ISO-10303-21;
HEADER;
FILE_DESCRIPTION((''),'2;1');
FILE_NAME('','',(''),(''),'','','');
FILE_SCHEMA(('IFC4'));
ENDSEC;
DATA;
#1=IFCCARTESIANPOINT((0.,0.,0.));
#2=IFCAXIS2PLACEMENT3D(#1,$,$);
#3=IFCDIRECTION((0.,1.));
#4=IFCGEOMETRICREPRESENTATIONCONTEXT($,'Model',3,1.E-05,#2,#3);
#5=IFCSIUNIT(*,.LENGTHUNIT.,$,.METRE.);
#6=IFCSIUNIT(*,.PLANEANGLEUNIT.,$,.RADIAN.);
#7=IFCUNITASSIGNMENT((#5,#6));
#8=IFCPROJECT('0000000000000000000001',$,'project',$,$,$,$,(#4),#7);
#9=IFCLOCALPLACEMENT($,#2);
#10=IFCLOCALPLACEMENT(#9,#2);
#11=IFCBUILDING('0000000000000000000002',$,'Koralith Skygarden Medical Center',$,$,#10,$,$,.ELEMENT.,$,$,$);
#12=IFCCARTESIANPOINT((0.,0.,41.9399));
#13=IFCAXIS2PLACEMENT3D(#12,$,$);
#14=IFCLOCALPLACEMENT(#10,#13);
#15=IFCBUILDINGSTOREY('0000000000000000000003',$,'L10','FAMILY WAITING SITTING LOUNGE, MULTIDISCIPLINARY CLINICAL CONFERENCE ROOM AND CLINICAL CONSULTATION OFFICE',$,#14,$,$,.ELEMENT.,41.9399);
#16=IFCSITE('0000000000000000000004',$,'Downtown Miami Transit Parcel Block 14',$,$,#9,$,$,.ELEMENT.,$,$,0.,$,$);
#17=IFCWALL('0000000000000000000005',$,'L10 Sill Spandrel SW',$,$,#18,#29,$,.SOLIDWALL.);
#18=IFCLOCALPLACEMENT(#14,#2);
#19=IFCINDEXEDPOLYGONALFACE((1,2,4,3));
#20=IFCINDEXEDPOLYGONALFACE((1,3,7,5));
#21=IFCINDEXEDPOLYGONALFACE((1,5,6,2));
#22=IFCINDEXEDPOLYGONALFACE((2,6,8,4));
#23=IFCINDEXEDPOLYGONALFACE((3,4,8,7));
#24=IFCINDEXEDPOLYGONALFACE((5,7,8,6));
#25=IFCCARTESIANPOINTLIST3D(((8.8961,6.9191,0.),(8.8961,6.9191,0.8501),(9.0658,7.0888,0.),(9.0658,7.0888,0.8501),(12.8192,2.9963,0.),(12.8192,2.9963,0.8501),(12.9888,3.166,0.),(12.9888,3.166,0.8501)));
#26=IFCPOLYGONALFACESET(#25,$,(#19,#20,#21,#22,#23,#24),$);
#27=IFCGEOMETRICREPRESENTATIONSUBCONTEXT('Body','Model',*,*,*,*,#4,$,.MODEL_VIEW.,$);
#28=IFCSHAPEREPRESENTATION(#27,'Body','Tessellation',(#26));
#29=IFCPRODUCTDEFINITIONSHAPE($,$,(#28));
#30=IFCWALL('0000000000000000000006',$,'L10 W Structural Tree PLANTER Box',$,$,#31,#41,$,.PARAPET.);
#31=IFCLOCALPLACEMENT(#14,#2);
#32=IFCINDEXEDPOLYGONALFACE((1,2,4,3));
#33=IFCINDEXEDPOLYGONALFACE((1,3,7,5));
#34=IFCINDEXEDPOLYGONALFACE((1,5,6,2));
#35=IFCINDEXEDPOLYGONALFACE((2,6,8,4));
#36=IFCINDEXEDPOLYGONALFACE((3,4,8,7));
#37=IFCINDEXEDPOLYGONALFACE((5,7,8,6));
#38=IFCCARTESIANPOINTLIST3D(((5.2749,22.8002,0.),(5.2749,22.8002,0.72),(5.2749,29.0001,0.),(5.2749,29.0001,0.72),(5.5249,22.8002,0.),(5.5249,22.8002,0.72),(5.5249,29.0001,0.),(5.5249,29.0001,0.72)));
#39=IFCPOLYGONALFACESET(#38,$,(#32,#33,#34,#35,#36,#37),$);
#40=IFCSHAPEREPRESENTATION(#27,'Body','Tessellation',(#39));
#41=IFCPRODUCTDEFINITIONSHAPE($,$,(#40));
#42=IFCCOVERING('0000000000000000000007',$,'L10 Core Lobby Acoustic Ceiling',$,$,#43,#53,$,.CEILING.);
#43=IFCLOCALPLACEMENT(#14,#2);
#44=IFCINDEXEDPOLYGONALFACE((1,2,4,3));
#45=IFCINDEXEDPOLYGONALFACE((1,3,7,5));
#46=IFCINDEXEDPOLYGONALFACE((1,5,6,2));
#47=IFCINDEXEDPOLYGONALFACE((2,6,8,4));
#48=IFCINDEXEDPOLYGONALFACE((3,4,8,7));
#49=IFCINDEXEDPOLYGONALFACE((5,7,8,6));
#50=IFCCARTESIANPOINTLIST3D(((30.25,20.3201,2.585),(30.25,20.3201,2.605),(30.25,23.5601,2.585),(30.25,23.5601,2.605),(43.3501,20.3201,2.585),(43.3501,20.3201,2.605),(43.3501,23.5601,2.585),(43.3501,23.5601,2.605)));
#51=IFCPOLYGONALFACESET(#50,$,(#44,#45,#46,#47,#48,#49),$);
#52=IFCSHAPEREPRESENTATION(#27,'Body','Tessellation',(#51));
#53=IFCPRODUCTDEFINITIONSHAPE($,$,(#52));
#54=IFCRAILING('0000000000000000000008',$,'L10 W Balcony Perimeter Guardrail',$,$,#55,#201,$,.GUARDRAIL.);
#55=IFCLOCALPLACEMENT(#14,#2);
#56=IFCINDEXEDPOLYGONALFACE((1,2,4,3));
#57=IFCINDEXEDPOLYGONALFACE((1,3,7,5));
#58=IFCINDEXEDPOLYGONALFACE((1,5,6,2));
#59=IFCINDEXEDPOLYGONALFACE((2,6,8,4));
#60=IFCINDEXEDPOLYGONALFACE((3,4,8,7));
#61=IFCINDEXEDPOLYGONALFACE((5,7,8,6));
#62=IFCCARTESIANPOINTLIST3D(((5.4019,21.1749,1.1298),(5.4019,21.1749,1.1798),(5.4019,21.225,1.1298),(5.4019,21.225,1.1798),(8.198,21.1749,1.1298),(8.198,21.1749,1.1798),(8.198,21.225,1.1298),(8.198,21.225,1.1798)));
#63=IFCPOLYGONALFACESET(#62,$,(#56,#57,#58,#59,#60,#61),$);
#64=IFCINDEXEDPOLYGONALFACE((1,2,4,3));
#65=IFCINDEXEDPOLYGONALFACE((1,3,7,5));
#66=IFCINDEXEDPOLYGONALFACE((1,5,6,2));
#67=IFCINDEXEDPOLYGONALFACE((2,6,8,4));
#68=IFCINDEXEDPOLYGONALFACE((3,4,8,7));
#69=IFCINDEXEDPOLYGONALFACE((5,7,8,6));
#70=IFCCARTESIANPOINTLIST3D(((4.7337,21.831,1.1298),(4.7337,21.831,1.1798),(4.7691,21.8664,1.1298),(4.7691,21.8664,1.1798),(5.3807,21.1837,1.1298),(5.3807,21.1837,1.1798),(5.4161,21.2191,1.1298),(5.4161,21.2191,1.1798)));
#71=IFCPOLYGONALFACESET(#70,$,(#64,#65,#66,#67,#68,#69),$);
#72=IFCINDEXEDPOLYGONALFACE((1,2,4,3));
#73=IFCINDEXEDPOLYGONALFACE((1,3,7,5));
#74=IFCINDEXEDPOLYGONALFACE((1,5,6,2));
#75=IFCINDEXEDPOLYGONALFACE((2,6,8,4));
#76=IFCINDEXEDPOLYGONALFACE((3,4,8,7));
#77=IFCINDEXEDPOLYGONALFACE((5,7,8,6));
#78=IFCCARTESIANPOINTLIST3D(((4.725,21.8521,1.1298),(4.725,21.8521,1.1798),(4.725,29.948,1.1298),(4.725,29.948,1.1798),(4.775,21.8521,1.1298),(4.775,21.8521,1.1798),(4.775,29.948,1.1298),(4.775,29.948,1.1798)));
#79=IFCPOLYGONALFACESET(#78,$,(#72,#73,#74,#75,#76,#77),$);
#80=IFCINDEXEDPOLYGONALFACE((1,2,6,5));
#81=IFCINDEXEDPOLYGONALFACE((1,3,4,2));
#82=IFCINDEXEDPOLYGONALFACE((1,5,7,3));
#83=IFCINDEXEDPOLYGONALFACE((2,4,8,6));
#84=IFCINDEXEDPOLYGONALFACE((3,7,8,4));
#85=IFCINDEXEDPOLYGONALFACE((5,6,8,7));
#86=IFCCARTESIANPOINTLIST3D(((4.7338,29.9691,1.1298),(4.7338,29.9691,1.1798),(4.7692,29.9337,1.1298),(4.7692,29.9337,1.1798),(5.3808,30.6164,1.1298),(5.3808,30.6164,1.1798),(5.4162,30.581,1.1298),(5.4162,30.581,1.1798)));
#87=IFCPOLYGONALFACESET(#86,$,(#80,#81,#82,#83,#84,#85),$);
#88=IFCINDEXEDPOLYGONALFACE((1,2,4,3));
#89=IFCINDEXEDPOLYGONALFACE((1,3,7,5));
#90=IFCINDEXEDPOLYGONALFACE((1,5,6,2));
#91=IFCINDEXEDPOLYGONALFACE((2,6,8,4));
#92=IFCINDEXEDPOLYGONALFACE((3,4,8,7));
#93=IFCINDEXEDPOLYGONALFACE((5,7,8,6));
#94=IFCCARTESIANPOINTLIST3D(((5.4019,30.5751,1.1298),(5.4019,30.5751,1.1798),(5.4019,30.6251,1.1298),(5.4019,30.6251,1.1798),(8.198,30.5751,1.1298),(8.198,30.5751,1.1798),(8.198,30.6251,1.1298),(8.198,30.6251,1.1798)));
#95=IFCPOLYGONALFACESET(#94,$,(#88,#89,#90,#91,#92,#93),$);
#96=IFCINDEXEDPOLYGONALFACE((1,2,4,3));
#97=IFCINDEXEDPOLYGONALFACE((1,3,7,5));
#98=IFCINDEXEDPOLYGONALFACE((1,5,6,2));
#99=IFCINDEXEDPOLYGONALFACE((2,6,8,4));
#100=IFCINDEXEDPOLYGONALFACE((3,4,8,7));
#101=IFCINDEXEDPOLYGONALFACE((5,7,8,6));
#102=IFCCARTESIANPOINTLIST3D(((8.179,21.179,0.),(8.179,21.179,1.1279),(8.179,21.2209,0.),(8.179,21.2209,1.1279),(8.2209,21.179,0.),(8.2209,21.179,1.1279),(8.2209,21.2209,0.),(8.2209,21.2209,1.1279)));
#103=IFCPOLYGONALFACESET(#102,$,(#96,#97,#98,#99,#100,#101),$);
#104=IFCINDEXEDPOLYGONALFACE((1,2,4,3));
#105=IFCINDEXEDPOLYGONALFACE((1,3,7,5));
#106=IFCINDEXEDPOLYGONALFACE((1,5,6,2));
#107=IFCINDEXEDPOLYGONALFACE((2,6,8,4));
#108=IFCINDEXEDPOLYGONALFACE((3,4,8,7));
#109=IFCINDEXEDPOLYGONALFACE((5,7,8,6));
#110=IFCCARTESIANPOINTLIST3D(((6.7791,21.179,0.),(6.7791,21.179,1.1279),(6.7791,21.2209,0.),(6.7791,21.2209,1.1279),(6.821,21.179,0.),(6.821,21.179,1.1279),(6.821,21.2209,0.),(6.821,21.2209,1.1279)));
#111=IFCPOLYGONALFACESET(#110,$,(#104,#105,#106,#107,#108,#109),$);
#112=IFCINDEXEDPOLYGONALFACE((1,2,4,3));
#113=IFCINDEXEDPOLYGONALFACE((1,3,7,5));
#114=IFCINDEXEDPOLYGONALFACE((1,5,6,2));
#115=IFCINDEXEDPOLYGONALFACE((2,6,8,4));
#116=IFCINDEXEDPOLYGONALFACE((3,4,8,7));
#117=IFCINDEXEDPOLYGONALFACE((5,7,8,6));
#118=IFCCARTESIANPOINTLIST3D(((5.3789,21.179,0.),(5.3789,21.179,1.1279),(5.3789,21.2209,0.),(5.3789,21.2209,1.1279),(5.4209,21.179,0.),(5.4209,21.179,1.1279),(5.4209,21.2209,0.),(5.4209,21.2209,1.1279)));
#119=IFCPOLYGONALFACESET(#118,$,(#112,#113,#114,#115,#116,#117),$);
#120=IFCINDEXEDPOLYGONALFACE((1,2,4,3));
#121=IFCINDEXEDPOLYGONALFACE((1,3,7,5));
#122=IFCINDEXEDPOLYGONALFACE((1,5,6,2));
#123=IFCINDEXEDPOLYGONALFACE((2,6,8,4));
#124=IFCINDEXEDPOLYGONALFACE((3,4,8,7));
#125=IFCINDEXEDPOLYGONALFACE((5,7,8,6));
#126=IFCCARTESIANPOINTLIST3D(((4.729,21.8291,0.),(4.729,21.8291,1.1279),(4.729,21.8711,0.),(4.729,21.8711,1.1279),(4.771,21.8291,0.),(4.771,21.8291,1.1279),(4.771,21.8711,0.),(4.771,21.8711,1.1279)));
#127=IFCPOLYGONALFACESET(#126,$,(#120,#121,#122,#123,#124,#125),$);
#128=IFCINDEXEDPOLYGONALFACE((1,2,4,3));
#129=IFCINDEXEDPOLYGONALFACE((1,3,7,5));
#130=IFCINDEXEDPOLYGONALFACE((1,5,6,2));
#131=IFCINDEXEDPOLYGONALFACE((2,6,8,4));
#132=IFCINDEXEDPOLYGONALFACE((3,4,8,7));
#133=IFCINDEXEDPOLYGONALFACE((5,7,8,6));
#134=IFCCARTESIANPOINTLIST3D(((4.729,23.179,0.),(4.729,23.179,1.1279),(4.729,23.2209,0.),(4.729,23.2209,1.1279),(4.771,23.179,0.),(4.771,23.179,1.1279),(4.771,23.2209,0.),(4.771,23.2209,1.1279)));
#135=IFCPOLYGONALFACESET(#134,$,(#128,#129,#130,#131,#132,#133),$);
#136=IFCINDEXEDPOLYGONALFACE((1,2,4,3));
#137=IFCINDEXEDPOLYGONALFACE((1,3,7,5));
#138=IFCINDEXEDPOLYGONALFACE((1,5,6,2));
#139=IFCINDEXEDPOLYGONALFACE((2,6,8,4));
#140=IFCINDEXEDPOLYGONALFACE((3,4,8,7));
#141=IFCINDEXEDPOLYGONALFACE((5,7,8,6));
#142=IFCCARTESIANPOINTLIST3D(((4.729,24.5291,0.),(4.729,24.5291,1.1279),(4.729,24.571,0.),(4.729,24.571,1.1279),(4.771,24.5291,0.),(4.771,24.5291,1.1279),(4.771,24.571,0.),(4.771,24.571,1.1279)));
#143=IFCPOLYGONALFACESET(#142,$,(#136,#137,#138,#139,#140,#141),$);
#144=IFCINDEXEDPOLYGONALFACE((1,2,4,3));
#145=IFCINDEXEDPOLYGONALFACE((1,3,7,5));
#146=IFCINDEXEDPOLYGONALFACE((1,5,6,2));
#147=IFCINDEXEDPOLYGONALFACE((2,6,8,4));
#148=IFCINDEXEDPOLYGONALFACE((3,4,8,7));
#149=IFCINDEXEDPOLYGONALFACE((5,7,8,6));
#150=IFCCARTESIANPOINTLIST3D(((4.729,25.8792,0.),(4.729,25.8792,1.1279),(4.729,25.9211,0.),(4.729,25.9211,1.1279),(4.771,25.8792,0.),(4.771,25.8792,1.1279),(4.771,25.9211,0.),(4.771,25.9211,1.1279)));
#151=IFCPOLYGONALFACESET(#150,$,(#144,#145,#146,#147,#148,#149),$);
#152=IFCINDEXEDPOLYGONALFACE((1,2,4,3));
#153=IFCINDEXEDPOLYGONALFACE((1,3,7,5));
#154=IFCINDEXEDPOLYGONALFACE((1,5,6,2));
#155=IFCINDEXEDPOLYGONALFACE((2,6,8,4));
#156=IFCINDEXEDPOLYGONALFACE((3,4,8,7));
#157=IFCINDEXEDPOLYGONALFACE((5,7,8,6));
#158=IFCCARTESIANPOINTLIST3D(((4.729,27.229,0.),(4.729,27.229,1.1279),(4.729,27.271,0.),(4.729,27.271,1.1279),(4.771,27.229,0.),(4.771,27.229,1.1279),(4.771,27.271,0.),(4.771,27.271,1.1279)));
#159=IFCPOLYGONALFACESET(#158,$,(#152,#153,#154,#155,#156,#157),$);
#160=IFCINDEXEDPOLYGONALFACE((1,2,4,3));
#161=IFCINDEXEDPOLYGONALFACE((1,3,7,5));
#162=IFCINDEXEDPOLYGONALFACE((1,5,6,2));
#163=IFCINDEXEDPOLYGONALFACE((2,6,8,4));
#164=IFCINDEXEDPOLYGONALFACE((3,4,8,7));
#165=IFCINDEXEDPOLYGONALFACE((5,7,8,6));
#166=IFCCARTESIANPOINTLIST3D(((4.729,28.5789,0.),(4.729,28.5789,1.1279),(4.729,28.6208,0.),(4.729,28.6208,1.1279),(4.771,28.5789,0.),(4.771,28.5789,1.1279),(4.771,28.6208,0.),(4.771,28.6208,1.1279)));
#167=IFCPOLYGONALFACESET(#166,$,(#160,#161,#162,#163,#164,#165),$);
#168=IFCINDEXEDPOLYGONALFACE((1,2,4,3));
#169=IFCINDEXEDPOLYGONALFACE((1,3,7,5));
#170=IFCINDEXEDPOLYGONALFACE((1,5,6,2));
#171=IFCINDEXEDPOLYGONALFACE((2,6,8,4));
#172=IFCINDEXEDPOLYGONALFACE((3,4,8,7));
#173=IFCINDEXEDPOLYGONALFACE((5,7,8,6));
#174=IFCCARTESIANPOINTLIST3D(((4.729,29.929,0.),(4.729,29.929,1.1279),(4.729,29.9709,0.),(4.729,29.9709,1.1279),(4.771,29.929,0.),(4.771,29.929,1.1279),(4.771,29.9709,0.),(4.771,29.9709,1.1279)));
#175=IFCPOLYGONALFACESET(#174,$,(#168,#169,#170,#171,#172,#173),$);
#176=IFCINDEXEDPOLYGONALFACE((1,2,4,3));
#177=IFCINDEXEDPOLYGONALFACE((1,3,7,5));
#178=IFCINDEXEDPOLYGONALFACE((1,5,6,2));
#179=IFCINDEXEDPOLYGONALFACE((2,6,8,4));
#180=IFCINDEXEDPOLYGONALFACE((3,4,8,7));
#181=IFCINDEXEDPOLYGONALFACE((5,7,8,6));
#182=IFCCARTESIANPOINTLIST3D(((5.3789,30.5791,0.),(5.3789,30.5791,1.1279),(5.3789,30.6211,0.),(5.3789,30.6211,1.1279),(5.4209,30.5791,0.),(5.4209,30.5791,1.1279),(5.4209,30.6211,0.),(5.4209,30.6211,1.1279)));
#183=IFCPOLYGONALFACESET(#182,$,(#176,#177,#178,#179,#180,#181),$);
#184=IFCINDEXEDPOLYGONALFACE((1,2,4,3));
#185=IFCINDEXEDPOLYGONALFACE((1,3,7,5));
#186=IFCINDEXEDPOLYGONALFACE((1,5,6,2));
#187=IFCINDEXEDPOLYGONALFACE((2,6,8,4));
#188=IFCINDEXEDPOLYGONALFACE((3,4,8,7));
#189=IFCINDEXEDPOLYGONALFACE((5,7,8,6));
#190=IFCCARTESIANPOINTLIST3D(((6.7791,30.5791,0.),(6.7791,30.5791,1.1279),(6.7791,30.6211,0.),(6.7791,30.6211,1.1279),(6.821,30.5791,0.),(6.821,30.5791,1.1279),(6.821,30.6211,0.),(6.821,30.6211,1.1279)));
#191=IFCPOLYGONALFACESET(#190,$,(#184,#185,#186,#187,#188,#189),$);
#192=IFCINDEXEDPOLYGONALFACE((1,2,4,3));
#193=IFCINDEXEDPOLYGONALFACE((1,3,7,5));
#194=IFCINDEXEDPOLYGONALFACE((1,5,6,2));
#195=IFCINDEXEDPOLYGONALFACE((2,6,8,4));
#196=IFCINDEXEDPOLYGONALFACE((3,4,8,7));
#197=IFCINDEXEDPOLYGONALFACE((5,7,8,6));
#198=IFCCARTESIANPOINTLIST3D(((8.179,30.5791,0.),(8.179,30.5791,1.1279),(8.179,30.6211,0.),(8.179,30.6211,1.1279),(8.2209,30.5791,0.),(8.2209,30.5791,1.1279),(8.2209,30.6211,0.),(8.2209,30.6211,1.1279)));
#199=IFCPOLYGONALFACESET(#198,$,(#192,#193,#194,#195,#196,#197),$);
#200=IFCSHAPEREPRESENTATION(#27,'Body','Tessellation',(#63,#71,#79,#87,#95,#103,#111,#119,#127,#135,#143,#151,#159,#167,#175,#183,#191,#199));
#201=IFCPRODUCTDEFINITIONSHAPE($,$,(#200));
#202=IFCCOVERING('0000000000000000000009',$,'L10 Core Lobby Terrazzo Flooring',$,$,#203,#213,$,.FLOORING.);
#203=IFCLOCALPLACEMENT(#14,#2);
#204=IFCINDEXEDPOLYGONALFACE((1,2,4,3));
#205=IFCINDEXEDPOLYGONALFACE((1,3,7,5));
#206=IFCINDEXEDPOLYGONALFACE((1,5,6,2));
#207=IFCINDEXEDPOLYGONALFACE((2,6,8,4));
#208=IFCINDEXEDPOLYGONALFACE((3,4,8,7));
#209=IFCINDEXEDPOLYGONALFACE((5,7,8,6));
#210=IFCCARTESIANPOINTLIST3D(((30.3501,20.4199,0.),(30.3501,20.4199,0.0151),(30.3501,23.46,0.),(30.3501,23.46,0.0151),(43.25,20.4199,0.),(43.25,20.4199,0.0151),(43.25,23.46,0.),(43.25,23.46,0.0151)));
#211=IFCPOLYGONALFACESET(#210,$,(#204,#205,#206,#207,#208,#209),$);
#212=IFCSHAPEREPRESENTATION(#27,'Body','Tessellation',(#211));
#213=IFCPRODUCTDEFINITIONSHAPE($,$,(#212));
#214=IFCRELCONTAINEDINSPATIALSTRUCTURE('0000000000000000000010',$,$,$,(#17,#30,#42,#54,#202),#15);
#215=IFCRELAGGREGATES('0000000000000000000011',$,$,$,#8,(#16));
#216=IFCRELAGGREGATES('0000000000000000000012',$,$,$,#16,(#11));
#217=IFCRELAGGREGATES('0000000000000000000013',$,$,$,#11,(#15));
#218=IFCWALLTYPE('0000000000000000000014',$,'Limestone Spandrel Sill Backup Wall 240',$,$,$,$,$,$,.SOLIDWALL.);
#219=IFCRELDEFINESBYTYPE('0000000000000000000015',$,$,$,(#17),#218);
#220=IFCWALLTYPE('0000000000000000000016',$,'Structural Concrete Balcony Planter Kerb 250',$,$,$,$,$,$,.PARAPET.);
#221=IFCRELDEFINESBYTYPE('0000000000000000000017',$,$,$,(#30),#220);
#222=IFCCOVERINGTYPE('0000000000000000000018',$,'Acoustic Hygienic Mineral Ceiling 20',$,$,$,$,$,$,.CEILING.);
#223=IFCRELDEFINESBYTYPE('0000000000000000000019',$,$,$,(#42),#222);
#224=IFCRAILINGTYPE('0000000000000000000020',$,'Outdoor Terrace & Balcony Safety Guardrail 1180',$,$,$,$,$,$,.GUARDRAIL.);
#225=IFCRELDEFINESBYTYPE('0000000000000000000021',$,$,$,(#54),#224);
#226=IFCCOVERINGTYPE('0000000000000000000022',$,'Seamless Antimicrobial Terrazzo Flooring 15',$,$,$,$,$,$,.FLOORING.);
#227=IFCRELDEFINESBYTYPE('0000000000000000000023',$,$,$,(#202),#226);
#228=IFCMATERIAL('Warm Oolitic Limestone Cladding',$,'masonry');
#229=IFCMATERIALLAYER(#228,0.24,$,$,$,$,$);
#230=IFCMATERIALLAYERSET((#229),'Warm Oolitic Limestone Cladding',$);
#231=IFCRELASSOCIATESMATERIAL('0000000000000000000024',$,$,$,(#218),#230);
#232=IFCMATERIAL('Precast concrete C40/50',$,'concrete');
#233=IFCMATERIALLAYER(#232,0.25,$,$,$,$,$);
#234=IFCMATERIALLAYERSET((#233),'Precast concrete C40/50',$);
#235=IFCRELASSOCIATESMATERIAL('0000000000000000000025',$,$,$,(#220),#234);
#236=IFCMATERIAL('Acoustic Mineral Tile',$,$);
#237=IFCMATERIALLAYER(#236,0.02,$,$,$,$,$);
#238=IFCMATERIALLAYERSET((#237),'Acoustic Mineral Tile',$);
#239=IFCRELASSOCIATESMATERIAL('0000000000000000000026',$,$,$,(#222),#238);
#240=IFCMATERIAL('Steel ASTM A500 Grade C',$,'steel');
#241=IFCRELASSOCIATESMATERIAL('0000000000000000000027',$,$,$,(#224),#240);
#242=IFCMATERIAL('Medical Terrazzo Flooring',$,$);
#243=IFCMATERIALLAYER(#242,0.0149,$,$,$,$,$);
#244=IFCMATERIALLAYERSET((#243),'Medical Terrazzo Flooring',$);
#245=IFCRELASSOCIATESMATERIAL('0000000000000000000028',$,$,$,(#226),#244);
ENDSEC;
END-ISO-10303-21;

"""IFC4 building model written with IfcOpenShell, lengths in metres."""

from ifc_helpers import new_model, si_unit, direction, frame, frame_2d, origin, origin_2d, place, context, subcontext, project, spatial, polyline, rectangle, outline, extrude, material, layer, layer_set, type_object, element, save


model = new_model("IFC4")

# Units and contexts
model_context = context("Model", 3, precision=1e-05, world=origin(), true_north=direction((0.0, 1.0)))
body_context = subcontext(model_context, "Body", "Model", "MODEL_VIEW")
ifc_project = project(units=[si_unit("LENGTHUNIT", "METRE"), si_unit("PLANEANGLEUNIT", "RADIAN")], contexts=[model_context])

# Site, building, storey
site_placement = place(None, origin())
site = spatial("IfcSite", under=ifc_project, at=site_placement, Name="Downtown Miami Transit Parcel Block 14", CompositionType="ELEMENT", RefElevation=0.0)
building_placement = place(site_placement, origin())
building = spatial("IfcBuilding", under=site, at=building_placement, Name="Koralith Skygarden Medical Center", CompositionType="ELEMENT")
storey_placement = place(building_placement, frame((0.0, 0.0, 41.9399)))
storey = spatial("IfcBuildingStorey", under=building, at=storey_placement, Name="L10", Description="FAMILY WAITING SITTING LOUNGE, MULTIDISCIPLINARY CLINICAL CONFERENCE ROOM AND CLINICAL CONSULTATION OFFICE", CompositionType="ELEMENT", Elevation=41.9399)

# Shared definitions
ifc_material_1 = material(Name="Warm Oolitic Limestone Cladding", Category="masonry")

# Walls
ifc_layer_1 = layer(ifc_material_1, 0.24)
ifc_layer_set_1 = layer_set([ifc_layer_1], Name="Warm Oolitic Limestone Cladding")
wall_type_1 = type_object("IfcWallType", Name="Limestone Spandrel Sill Backup Wall 240", PredefinedType="SOLIDWALL", material=ifc_layer_set_1)
wall_1_placement = place(storey_placement, frame((8.981, 7.0039, 0.0), z_axis=(0.0, 0.0, 1.0), x_axis=(0.707129, -0.707085, 0.0)))
element("IfcWall", 1, at=wall_1_placement, inside=storey, type_object=wall_type_1, Name="L10 Sill Spandrel SW", PredefinedType="SOLIDWALL", context=body_context, shape_type="SweptSolid", body=[
    extrude(rectangle(XDim=5.5479, YDim=0.24, at=frame_2d((2.7739, 0.0))), origin(), (0.0, 0.0, 1.0), 0.8501),
])
ifc_material_2 = material(Name="Precast concrete C40/50", Category="concrete")
ifc_layer_2 = layer(ifc_material_2, 0.25)
ifc_layer_set_2 = layer_set([ifc_layer_2], Name="Precast concrete C40/50")
wall_type_2 = type_object("IfcWallType", Name="Structural Concrete Balcony Planter Kerb 250", PredefinedType="PARAPET", material=ifc_layer_set_2)
wall_2_placement = place(storey_placement, frame((5.3999, 22.8, 0.0), z_axis=(0.0, 0.0, 1.0), x_axis=(0.0, 1.0, 0.0)))
element("IfcWall", 2, at=wall_2_placement, inside=storey, type_object=wall_type_2, Name="L10 W Structural Tree PLANTER Box", PredefinedType="PARAPET", context=body_context, shape_type="SweptSolid", body=[
    extrude(rectangle(XDim=6.2, YDim=0.25, at=frame_2d((3.1001, 0.0))), origin(), (0.0, 0.0, 1.0), 0.72),
])

# Covering
ifc_material_3 = material(Name="Acoustic Mineral Tile")
ifc_layer_3 = layer(ifc_material_3, 0.02)
ifc_layer_set_3 = layer_set([ifc_layer_3], Name="Acoustic Mineral Tile")
covering_type_1 = type_object("IfcCoveringType", Name="Acoustic Hygienic Mineral Ceiling 20", PredefinedType="CEILING", material=ifc_layer_set_3)
covering_1_placement = place(storey_placement, frame((0.0, 0.0, 2.585)))
element("IfcCovering", 3, at=covering_1_placement, inside=storey, type_object=covering_type_1, Name="L10 Core Lobby Acoustic Ceiling", PredefinedType="CEILING", context=body_context, shape_type="SweptSolid", body=[
    extrude(outline(polyline([(30.25, 20.3201), (43.3501, 20.3201), (43.3501, 23.5601), (30.25, 23.5601), (30.25, 20.3201)])), origin(), (0.0, 0.0, 1.0), 0.02),
])

# Railing
ifc_material_4 = material(Name="Steel ASTM A500 Grade C", Category="steel")
railing_type = type_object("IfcRailingType", Name="Outdoor Terrace & Balcony Safety Guardrail 1180", PredefinedType="GUARDRAIL", material=ifc_material_4)
railing_placement = place(storey_placement, frame((8.2, 21.2, 0.0)))
element("IfcRailing", 4, at=railing_placement, inside=storey, type_object=railing_type, Name="L10 W Balcony Perimeter Guardrail", PredefinedType="GUARDRAIL", context=body_context, shape_type="SweptSolid", body=[
    extrude(rectangle(XDim=0.05, YDim=0.05, at=origin_2d()), frame((-0.002, 0.0, 1.1548), z_axis=(-1.0, 0.0, 0.0), x_axis=(0.0, -1.0, 0.0)), (0.0, 0.0, 1.0), 2.7961),
    extrude(rectangle(XDim=0.05, YDim=0.05, at=origin_2d()), frame((-2.8015, 0.0015, 1.1548), z_axis=(-0.706974, 0.70724, 0.0), x_axis=(-0.70724, -0.706974, 0.0)), (0.0, 0.0, 1.0), 0.9153),
    extrude(rectangle(XDim=0.05, YDim=0.05, at=origin_2d()), frame((-3.45, 0.6521, 1.1548), z_axis=(0.0, 1.0, 0.0), x_axis=(-1.0, 0.0, 0.0)), (0.0, 0.0, 1.0), 8.0959),
    extrude(rectangle(XDim=0.05, YDim=0.05, at=origin_2d()), frame((-3.4485, 8.7515, 1.1548), z_axis=(0.706974, 0.70724, 0.0), x_axis=(-0.70724, 0.706974, 0.0)), (0.0, 0.0, 1.0), 0.9153),
    extrude(rectangle(XDim=0.05, YDim=0.05, at=origin_2d()), frame((-2.7981, 9.4001, 1.1548), z_axis=(1.0, 0.0, 0.0), x_axis=(0.0, 1.0, 0.0)), (0.0, 0.0, 1.0), 2.7961),
    extrude(rectangle(XDim=0.042, YDim=0.042, at=origin_2d()), origin(), (0.0, 0.0, 1.0), 1.1279),
    extrude(rectangle(XDim=0.042, YDim=0.042, at=origin_2d()), frame((-1.3999, 0.0, 0.0)), (0.0, 0.0, 1.0), 1.1279),
    extrude(rectangle(XDim=0.042, YDim=0.042, at=origin_2d()), frame((-2.8, 0.0, 0.0)), (0.0, 0.0, 1.0), 1.1279),
    extrude(rectangle(XDim=0.042, YDim=0.042, at=origin_2d()), frame((-3.45, 0.6501, 0.0)), (0.0, 0.0, 1.0), 1.1279),
    extrude(rectangle(XDim=0.042, YDim=0.042, at=origin_2d()), frame((-3.45, 2.0, 0.0)), (0.0, 0.0, 1.0), 1.1279),
    extrude(rectangle(XDim=0.042, YDim=0.042, at=origin_2d()), frame((-3.45, 3.3501, 0.0)), (0.0, 0.0, 1.0), 1.1279),
    extrude(rectangle(XDim=0.042, YDim=0.042, at=origin_2d()), frame((-3.45, 4.7002, 0.0)), (0.0, 0.0, 1.0), 1.1279),
    extrude(rectangle(XDim=0.042, YDim=0.042, at=origin_2d()), frame((-3.45, 6.05, 0.0)), (0.0, 0.0, 1.0), 1.1279),
    extrude(rectangle(XDim=0.042, YDim=0.042, at=origin_2d()), frame((-3.45, 7.3999, 0.0)), (0.0, 0.0, 1.0), 1.1279),
    extrude(rectangle(XDim=0.042, YDim=0.042, at=origin_2d()), frame((-3.45, 8.75, 0.0)), (0.0, 0.0, 1.0), 1.1279),
    extrude(rectangle(XDim=0.042, YDim=0.042, at=origin_2d()), frame((-2.8, 9.4001, 0.0)), (0.0, 0.0, 1.0), 1.1279),
    extrude(rectangle(XDim=0.042, YDim=0.042, at=origin_2d()), frame((-1.3999, 9.4001, 0.0)), (0.0, 0.0, 1.0), 1.1279),
    extrude(rectangle(XDim=0.042, YDim=0.042, at=origin_2d()), frame((0.0, 9.4001, 0.0)), (0.0, 0.0, 1.0), 1.1279),
])

# Covering
ifc_material_5 = material(Name="Medical Terrazzo Flooring")
ifc_layer_4 = layer(ifc_material_5, 0.0149)
ifc_layer_set_4 = layer_set([ifc_layer_4], Name="Medical Terrazzo Flooring")
covering_type_2 = type_object("IfcCoveringType", Name="Seamless Antimicrobial Terrazzo Flooring 15", PredefinedType="FLOORING", material=ifc_layer_set_4)
covering_2_placement = place(storey_placement, origin())
element("IfcCovering", 5, at=covering_2_placement, inside=storey, type_object=covering_type_2, Name="L10 Core Lobby Terrazzo Flooring", PredefinedType="FLOORING", context=body_context, shape_type="SweptSolid", body=[
    extrude(outline(polyline([(30.3501, 20.4199), (43.25, 20.4199), (43.25, 23.46), (30.3501, 23.46), (30.3501, 20.4199)])), origin(), (0.0, 0.0, 1.0), 0.0151),
])

save(model, "model.ifc")
